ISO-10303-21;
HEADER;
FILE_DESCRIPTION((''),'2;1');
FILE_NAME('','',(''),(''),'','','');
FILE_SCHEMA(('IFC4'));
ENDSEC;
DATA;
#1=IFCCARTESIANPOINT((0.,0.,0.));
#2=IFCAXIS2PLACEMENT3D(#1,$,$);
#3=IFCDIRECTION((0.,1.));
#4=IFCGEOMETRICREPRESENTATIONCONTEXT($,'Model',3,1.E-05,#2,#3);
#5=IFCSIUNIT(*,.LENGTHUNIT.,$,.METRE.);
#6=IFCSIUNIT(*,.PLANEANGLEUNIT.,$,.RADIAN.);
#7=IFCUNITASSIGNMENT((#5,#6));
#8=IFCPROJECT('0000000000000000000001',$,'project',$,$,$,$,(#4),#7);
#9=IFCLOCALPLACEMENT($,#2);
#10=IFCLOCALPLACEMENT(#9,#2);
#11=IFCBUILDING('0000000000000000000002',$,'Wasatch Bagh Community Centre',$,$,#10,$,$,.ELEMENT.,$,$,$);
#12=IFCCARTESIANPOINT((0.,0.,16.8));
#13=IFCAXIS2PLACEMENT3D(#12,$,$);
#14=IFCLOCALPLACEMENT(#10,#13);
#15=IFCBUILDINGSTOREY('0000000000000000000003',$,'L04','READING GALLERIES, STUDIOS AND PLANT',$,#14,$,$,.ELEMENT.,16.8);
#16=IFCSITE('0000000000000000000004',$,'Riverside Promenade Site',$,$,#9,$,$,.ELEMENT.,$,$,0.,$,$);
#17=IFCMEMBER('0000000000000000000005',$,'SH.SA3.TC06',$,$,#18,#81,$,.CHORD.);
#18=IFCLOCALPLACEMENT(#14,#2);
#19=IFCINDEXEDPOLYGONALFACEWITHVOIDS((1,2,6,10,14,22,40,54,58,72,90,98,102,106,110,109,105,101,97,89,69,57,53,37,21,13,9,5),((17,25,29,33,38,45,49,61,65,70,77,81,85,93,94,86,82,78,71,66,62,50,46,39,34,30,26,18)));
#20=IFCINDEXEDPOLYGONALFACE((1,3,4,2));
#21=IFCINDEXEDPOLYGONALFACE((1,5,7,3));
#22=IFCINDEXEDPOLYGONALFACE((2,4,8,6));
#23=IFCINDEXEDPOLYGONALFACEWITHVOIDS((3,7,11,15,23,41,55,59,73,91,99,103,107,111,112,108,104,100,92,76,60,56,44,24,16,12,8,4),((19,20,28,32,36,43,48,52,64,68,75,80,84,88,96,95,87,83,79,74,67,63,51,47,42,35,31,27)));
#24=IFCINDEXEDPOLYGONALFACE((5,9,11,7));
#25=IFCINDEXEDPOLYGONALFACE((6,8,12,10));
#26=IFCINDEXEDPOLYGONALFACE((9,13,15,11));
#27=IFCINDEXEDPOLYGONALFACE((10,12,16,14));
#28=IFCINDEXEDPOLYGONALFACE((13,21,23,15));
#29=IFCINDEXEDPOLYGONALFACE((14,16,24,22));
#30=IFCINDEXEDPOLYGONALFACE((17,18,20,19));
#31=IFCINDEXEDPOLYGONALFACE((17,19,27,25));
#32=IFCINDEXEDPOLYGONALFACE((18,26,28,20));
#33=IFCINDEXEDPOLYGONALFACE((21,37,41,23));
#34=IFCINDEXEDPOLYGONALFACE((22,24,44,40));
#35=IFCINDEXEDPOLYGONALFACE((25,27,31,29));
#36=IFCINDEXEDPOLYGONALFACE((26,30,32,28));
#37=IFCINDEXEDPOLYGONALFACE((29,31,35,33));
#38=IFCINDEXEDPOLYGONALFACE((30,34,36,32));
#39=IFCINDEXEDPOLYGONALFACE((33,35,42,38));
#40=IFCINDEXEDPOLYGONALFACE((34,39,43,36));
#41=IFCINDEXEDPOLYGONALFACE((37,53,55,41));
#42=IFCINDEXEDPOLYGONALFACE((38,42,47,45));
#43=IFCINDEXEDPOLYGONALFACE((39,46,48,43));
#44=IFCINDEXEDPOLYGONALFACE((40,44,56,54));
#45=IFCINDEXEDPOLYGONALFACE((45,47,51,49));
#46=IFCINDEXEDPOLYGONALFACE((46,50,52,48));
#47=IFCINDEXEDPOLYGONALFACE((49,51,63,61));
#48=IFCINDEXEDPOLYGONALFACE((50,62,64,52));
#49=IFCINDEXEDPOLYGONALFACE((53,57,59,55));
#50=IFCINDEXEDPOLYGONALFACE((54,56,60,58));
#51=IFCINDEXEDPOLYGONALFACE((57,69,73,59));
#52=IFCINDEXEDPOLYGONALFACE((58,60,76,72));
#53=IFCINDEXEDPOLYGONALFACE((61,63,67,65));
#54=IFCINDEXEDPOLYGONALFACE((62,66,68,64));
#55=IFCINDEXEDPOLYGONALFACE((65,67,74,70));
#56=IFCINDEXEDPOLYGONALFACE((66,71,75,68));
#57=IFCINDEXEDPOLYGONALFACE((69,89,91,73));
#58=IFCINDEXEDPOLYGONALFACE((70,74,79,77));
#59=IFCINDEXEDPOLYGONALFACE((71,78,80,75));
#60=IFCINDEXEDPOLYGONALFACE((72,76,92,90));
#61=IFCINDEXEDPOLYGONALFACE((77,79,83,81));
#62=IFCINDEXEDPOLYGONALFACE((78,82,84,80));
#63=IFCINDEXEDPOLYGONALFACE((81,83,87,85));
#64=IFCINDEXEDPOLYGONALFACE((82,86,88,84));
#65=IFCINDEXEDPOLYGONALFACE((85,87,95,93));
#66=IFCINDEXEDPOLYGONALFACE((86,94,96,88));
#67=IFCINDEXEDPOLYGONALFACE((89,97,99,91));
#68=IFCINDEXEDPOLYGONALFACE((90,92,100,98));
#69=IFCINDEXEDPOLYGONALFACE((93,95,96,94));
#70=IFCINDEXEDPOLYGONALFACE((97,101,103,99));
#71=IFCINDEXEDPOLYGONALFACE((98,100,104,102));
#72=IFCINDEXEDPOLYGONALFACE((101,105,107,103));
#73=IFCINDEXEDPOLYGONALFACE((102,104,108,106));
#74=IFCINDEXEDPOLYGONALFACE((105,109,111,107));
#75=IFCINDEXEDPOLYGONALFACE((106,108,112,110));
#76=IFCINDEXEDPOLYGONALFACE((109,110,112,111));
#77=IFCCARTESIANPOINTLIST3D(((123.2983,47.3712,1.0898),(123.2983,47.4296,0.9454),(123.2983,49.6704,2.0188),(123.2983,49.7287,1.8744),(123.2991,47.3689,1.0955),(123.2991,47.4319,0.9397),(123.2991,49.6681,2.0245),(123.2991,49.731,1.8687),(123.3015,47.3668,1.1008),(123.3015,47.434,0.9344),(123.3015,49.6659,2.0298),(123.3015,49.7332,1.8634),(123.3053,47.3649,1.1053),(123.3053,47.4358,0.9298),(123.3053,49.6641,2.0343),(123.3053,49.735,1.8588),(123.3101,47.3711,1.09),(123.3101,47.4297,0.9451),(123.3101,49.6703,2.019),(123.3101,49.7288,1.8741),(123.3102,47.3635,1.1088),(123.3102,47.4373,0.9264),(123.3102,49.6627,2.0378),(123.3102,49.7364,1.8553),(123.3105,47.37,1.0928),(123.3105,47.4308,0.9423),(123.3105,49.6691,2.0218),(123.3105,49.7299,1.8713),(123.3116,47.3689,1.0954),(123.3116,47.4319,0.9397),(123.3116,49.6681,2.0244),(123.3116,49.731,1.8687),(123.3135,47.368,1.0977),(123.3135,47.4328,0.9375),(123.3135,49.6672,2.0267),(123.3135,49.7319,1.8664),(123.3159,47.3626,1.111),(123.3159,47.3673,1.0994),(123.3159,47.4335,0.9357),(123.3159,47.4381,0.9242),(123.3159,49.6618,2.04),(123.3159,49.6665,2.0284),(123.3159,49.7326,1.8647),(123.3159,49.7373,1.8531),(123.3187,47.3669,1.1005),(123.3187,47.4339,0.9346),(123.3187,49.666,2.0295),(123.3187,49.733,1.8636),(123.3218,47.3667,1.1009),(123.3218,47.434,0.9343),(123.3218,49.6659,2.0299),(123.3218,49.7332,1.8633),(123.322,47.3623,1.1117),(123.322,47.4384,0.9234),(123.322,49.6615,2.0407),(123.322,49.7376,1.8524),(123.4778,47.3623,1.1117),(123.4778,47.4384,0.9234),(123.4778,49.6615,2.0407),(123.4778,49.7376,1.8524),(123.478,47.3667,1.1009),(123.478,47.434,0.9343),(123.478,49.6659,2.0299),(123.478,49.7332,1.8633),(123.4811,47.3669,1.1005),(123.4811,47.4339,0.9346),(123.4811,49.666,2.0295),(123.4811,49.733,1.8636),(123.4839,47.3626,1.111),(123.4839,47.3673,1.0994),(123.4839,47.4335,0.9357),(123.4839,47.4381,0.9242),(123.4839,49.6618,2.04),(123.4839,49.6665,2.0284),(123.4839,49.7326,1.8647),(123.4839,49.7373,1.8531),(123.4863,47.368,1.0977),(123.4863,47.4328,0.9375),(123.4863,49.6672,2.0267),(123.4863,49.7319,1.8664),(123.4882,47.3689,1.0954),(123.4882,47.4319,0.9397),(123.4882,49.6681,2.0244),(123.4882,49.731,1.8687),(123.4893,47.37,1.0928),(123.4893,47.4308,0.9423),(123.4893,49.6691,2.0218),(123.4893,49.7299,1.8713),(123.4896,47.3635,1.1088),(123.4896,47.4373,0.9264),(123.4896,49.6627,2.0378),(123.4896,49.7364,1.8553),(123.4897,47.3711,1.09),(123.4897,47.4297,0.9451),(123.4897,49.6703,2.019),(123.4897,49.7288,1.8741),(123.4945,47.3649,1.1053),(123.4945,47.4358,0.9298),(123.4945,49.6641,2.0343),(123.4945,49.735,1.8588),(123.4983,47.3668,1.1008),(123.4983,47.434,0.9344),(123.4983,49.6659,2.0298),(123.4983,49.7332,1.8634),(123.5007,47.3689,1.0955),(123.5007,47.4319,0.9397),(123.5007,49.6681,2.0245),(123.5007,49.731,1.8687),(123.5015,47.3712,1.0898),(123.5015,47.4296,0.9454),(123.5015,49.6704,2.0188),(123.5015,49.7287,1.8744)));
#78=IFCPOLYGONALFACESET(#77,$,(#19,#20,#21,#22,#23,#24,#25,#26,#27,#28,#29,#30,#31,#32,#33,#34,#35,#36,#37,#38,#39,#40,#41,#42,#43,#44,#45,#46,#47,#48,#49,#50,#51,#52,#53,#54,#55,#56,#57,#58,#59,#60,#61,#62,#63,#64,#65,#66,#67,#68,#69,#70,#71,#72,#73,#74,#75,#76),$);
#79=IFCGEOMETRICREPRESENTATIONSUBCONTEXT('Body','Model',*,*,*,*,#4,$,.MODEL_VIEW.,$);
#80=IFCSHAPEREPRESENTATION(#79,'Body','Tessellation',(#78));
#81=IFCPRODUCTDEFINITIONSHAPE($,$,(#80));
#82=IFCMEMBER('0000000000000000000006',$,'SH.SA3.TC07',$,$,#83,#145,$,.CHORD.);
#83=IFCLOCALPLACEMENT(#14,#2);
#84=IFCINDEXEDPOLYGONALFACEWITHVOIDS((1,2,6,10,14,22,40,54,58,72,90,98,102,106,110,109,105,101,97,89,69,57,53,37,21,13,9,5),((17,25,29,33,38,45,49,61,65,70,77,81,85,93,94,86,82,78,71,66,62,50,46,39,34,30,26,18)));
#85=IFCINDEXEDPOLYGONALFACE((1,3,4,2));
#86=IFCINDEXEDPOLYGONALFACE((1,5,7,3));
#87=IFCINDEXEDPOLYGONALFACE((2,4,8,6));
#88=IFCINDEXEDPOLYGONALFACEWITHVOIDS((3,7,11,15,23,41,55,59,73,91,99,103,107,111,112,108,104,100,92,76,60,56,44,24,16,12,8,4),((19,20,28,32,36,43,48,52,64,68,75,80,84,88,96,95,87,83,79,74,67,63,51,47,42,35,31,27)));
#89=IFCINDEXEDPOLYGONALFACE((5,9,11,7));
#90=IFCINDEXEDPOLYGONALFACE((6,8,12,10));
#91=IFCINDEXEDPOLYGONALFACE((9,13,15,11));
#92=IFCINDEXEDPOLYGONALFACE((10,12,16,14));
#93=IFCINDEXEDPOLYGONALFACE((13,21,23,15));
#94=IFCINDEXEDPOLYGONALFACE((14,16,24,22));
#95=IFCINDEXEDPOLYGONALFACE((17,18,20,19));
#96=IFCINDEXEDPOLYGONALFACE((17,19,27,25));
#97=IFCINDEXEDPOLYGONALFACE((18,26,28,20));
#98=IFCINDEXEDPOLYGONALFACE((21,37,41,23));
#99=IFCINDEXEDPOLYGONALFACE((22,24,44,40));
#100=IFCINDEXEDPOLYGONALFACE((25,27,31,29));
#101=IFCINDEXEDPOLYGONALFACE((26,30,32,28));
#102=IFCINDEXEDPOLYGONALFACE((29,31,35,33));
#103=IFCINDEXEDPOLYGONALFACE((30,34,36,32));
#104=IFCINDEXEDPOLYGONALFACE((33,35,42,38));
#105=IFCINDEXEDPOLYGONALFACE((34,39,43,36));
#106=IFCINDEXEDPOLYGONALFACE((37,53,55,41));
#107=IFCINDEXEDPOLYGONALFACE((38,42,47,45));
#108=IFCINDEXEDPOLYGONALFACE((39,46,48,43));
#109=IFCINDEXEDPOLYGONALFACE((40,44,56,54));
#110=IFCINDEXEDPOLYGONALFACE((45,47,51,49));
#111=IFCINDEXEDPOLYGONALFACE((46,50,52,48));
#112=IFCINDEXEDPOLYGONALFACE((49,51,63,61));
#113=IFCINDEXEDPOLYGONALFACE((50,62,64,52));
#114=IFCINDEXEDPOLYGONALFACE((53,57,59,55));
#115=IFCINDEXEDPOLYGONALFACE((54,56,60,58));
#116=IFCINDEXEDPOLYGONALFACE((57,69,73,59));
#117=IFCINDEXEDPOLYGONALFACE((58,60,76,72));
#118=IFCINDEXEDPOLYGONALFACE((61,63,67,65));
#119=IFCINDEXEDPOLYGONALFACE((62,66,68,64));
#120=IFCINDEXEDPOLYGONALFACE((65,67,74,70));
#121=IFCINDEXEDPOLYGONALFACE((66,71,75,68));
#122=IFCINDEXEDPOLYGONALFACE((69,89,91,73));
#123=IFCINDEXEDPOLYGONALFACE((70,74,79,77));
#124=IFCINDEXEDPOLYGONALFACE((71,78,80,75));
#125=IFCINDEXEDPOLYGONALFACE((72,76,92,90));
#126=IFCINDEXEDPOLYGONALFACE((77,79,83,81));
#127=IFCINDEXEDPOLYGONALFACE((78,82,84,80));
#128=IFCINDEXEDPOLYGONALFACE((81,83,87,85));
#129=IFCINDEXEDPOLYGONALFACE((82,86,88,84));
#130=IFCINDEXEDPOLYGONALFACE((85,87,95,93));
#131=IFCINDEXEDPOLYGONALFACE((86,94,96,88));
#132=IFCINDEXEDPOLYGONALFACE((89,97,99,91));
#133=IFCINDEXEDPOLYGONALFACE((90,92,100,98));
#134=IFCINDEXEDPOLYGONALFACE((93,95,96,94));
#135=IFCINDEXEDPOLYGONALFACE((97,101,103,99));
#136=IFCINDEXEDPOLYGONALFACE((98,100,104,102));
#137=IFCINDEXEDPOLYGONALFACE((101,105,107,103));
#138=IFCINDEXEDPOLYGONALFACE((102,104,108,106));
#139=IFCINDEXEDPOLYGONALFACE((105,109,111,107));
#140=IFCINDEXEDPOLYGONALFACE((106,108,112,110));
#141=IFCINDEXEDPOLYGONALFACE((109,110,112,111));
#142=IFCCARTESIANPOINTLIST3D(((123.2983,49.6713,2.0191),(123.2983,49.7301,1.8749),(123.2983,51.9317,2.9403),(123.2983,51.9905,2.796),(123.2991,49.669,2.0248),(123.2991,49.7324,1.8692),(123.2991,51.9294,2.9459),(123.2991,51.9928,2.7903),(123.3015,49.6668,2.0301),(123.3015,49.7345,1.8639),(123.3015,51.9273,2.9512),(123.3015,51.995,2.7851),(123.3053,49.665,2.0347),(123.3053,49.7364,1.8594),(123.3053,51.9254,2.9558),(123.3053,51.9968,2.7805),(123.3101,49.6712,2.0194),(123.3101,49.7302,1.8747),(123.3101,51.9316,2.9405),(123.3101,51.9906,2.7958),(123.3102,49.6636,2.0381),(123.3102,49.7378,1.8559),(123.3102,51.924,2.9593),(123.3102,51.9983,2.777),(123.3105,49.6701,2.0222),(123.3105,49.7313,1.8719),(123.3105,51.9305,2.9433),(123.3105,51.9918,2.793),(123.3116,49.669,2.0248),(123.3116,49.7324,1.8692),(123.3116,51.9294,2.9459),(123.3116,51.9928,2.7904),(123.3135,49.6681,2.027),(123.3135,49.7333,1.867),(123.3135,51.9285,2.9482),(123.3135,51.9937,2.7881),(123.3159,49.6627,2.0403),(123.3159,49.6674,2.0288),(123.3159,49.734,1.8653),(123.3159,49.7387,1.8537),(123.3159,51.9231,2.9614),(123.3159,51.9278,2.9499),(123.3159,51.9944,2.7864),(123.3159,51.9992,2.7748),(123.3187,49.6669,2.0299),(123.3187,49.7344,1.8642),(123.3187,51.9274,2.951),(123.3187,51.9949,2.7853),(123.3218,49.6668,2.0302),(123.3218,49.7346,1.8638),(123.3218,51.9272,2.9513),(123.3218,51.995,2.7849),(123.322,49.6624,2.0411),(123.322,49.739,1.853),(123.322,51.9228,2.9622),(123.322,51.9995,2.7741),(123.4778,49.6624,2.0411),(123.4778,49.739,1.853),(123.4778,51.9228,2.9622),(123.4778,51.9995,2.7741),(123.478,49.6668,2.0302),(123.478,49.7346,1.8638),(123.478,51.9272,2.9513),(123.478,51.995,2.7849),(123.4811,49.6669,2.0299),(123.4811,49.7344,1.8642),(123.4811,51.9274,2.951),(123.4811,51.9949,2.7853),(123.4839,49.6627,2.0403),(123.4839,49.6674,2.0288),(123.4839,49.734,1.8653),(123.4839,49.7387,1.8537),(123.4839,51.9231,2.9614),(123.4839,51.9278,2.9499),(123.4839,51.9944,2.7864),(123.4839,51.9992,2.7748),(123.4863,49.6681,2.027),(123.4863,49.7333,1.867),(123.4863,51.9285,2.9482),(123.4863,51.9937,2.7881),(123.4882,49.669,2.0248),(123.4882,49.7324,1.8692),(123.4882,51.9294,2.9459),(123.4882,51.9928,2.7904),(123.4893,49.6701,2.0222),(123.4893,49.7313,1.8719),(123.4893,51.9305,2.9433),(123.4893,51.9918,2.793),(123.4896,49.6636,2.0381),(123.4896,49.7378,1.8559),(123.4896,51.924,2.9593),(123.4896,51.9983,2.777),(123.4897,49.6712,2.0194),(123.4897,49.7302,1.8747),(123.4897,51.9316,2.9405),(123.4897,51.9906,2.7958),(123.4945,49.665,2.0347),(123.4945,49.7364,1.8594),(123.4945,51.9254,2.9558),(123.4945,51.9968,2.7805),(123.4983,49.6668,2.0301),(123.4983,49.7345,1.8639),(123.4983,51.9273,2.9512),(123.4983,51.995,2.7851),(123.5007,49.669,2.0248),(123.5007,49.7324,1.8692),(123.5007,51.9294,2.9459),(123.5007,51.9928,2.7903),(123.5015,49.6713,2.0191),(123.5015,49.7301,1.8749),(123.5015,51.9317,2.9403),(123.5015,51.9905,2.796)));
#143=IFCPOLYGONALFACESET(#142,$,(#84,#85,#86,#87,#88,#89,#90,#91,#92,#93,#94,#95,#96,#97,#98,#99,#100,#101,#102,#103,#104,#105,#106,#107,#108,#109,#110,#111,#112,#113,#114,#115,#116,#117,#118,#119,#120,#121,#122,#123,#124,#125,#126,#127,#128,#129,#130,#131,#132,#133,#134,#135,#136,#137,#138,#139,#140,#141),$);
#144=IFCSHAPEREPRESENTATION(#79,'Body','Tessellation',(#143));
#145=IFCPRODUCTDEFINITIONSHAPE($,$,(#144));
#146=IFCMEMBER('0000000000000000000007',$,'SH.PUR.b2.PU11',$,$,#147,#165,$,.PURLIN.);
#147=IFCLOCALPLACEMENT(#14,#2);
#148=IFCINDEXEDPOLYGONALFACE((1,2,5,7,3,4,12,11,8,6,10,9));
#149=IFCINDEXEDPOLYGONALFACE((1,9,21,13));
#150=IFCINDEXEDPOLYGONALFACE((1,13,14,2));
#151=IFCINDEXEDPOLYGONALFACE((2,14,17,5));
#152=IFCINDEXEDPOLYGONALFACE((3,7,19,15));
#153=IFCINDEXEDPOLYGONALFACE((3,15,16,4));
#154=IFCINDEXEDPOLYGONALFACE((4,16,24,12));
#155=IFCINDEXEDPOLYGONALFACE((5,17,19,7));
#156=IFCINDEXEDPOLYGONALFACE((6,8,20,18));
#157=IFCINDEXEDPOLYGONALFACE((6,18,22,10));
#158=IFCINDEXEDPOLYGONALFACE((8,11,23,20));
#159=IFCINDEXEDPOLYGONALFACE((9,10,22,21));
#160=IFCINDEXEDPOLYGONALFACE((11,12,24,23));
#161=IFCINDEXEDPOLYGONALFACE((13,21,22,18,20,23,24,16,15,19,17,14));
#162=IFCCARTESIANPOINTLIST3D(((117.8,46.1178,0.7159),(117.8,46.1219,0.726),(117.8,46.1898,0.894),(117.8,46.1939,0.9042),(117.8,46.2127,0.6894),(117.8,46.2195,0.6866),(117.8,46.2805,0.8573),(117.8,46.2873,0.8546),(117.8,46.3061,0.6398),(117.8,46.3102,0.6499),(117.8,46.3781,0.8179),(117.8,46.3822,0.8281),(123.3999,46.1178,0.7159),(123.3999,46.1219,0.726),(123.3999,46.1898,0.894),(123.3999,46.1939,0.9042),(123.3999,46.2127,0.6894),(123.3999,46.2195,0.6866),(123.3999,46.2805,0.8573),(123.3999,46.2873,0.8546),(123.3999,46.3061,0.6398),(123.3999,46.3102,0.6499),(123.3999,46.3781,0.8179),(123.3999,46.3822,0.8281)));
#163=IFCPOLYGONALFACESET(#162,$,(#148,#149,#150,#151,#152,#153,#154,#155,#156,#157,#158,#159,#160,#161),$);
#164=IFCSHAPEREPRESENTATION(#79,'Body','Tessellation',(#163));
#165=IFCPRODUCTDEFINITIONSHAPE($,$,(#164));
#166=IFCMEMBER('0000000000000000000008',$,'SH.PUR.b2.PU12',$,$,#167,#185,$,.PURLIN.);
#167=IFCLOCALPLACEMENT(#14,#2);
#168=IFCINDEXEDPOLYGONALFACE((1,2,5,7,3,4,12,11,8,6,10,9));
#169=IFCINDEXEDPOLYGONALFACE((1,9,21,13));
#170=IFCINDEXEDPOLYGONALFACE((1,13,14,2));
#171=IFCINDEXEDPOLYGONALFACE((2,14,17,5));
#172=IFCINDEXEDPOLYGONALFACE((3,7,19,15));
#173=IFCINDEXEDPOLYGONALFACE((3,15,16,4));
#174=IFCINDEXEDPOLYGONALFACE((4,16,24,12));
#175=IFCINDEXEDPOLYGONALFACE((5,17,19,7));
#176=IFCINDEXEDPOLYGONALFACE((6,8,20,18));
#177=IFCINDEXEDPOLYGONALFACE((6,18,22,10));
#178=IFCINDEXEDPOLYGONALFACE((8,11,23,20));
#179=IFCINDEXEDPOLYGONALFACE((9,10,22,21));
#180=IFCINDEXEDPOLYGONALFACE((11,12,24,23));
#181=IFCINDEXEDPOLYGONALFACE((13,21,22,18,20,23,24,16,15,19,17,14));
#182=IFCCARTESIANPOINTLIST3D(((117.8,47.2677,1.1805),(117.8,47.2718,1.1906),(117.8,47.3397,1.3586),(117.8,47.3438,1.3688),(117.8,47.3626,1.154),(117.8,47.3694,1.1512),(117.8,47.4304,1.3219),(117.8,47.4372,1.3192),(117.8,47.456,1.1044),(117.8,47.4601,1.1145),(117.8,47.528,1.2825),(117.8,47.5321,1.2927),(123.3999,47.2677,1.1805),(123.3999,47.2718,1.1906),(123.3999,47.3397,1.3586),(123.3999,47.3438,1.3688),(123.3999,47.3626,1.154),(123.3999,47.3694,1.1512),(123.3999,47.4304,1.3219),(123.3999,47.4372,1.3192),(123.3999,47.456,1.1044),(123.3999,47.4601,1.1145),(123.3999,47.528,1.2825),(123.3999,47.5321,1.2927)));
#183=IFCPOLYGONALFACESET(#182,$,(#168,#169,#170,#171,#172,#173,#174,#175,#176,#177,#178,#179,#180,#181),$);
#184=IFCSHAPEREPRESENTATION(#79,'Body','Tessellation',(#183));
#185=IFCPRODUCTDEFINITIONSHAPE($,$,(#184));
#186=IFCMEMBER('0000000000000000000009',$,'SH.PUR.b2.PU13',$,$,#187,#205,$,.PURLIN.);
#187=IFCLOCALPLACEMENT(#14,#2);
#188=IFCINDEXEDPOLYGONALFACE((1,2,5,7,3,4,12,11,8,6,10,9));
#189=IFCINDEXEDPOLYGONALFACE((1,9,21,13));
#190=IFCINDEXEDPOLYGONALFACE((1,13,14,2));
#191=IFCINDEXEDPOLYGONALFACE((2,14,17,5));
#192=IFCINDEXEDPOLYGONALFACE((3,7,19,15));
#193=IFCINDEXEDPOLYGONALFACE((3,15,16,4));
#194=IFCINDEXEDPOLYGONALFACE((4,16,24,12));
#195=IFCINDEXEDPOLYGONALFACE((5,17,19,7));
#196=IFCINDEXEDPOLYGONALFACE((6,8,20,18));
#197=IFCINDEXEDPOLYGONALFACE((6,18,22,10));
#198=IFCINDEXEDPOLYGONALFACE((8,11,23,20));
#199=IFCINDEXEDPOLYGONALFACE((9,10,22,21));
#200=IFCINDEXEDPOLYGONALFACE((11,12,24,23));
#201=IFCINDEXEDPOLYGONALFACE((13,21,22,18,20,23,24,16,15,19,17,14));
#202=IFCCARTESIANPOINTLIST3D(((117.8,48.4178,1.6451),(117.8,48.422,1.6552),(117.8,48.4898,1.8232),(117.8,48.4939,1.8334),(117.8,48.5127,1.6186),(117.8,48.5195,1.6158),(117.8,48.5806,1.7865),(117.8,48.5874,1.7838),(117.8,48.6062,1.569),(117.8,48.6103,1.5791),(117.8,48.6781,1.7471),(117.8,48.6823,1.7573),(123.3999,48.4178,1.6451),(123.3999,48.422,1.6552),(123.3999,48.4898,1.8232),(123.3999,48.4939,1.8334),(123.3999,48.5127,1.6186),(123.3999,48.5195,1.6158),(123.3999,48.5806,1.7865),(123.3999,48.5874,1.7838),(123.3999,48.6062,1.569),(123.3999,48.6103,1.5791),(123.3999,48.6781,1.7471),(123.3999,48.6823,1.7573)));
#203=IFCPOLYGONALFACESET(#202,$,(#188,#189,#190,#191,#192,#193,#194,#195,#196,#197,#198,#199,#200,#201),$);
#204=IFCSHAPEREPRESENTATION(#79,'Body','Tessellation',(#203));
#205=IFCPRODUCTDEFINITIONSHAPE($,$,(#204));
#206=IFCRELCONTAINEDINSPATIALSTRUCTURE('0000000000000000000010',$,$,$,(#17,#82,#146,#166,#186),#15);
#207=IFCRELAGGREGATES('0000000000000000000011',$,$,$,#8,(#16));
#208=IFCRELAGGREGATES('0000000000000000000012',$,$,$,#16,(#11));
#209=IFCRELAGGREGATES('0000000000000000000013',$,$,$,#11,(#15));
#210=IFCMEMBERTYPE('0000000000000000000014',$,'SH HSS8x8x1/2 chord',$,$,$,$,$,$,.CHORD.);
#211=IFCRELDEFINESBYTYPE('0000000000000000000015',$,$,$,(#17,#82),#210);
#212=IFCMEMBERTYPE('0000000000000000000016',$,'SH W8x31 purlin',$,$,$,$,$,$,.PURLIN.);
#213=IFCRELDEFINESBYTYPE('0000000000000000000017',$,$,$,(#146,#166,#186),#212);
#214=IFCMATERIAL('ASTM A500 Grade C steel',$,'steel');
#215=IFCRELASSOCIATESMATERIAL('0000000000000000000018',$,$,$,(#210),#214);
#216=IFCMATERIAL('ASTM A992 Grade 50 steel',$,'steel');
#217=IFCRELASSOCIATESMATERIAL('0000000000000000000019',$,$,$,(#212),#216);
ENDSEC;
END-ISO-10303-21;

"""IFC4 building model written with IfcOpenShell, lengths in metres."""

from ifc_helpers import new_model, si_unit, direction, frame, origin, origin_2d, place, context, subcontext, project, spatial, hollow_rectangle, i_section, extrude, material, material_profile, profile_set, type_object, element, save


model = new_model("IFC4")

# Units and contexts
model_context = context("Model", 3, precision=1e-05, world=origin(), true_north=direction((0.0, 1.0)))
body_context = subcontext(model_context, "Body", "Model", "MODEL_VIEW")
ifc_project = project(units=[si_unit("LENGTHUNIT", "METRE"), si_unit("PLANEANGLEUNIT", "RADIAN")], contexts=[model_context])

# Site, building, storey
site_placement = place(None, origin())
site = spatial("IfcSite", under=ifc_project, at=site_placement, Name="Riverside Promenade Site", CompositionType="ELEMENT", RefElevation=0.0)
building_placement = place(site_placement, origin())
building = spatial("IfcBuilding", under=site, at=building_placement, Name="Wasatch Bagh Community Centre", CompositionType="ELEMENT")
storey_placement = place(building_placement, frame((0.0, 0.0, 16.8)))
storey = spatial("IfcBuildingStorey", under=building, at=storey_placement, Name="L04", Description="READING GALLERIES, STUDIOS AND PLANT", CompositionType="ELEMENT", Elevation=16.8)

# Members
ifc_material_1 = material(Name="ASTM A500 Grade C steel", Category="steel")
ifc_material_profile_1 = material_profile(ifc_material_1, hollow_rectangle(XDim=0.2031, YDim=0.2031, WallThickness=0.0117, InnerFilletRadius=0.0117, OuterFilletRadius=0.0237, at=origin_2d()), Name="HSS8x8x1/2")
ifc_profile_set_1 = profile_set([ifc_material_profile_1], Name="ASTM A500 Grade C steel")
member_type_1 = type_object("IfcMemberType", Name="SH HSS8x8x1/2 chord", PredefinedType="CHORD", material=ifc_profile_set_1)
member_1_placement = place(storey_placement, frame((123.3999, 47.4004, 1.0176), z_axis=(0.0, 0.927174, 0.374631), x_axis=(-1.0, 0.0, 0.0)))
element("IfcMember", 1, at=member_1_placement, inside=storey, type_object=member_type_1, Name="SH.SA3.TC06", PredefinedType="CHORD", context=body_context, shape_type="SweptSolid", body=[
    extrude(hollow_rectangle(XDim=0.2031, YDim=0.2031, WallThickness=0.0117, InnerFilletRadius=0.0117, OuterFilletRadius=0.0237, at=origin_2d()), origin(), (0.0, 0.0, 1.0), 2.4797),
])
member_2_placement = place(storey_placement, frame((123.3999, 49.7007, 1.947), z_axis=(0.0, 0.926064, 0.377367), x_axis=(-1.0, 0.0, 0.0)))
element("IfcMember", 2, at=member_2_placement, inside=storey, type_object=member_type_1, Name="SH.SA3.TC07", PredefinedType="CHORD", context=body_context, shape_type="SweptSolid", body=[
    extrude(hollow_rectangle(XDim=0.2031, YDim=0.2031, WallThickness=0.0117, InnerFilletRadius=0.0117, OuterFilletRadius=0.0237, at=origin_2d()), origin(), (0.0, 0.0, 1.0), 2.4409),
])
ifc_material_2 = material(Name="ASTM A992 Grade 50 steel", Category="steel")
ifc_material_profile_2 = material_profile(ifc_material_2, i_section(OverallWidth=0.2031, OverallDepth=0.2031, WebThickness=0.0073, FlangeThickness=0.011, at=origin_2d()), Name="W8x31")
ifc_profile_set_2 = profile_set([ifc_material_profile_2], Name="ASTM A992 Grade 50 steel")
member_type_2 = type_object("IfcMemberType", Name="SH W8x31 purlin", PredefinedType="PURLIN", material=ifc_profile_set_2)
for number, where, z_axis, x_axis, name in (
    (3, (117.8, 46.25, 0.772), (1.0, 0.0, 0.0), (0.0, 0.927184, -0.374607), "SH.PUR.b2.PU11"),
    (4, (117.8, 47.3999, 1.2366), (1.0, 0.0, 0.0), (0.0, 0.927184, -0.374607), "SH.PUR.b2.PU12"),
    (5, (117.8, 48.55, 1.7012), (1.0, 0.0, 0.0), (0.0, 0.927184, -0.374607), "SH.PUR.b2.PU13"),
):
    element("IfcMember", number, at=place(storey_placement, frame(where, z_axis=z_axis, x_axis=x_axis)), inside=storey, type_object=member_type_2, Name=name, PredefinedType="PURLIN", context=body_context, shape_type="SweptSolid", body=[
        extrude(i_section(OverallWidth=0.2031, OverallDepth=0.2031, WebThickness=0.0073, FlangeThickness=0.011, at=origin_2d()), origin(), (0.0, 0.0, 1.0), 5.5999),
    ])

save(model, "model.ifc")
